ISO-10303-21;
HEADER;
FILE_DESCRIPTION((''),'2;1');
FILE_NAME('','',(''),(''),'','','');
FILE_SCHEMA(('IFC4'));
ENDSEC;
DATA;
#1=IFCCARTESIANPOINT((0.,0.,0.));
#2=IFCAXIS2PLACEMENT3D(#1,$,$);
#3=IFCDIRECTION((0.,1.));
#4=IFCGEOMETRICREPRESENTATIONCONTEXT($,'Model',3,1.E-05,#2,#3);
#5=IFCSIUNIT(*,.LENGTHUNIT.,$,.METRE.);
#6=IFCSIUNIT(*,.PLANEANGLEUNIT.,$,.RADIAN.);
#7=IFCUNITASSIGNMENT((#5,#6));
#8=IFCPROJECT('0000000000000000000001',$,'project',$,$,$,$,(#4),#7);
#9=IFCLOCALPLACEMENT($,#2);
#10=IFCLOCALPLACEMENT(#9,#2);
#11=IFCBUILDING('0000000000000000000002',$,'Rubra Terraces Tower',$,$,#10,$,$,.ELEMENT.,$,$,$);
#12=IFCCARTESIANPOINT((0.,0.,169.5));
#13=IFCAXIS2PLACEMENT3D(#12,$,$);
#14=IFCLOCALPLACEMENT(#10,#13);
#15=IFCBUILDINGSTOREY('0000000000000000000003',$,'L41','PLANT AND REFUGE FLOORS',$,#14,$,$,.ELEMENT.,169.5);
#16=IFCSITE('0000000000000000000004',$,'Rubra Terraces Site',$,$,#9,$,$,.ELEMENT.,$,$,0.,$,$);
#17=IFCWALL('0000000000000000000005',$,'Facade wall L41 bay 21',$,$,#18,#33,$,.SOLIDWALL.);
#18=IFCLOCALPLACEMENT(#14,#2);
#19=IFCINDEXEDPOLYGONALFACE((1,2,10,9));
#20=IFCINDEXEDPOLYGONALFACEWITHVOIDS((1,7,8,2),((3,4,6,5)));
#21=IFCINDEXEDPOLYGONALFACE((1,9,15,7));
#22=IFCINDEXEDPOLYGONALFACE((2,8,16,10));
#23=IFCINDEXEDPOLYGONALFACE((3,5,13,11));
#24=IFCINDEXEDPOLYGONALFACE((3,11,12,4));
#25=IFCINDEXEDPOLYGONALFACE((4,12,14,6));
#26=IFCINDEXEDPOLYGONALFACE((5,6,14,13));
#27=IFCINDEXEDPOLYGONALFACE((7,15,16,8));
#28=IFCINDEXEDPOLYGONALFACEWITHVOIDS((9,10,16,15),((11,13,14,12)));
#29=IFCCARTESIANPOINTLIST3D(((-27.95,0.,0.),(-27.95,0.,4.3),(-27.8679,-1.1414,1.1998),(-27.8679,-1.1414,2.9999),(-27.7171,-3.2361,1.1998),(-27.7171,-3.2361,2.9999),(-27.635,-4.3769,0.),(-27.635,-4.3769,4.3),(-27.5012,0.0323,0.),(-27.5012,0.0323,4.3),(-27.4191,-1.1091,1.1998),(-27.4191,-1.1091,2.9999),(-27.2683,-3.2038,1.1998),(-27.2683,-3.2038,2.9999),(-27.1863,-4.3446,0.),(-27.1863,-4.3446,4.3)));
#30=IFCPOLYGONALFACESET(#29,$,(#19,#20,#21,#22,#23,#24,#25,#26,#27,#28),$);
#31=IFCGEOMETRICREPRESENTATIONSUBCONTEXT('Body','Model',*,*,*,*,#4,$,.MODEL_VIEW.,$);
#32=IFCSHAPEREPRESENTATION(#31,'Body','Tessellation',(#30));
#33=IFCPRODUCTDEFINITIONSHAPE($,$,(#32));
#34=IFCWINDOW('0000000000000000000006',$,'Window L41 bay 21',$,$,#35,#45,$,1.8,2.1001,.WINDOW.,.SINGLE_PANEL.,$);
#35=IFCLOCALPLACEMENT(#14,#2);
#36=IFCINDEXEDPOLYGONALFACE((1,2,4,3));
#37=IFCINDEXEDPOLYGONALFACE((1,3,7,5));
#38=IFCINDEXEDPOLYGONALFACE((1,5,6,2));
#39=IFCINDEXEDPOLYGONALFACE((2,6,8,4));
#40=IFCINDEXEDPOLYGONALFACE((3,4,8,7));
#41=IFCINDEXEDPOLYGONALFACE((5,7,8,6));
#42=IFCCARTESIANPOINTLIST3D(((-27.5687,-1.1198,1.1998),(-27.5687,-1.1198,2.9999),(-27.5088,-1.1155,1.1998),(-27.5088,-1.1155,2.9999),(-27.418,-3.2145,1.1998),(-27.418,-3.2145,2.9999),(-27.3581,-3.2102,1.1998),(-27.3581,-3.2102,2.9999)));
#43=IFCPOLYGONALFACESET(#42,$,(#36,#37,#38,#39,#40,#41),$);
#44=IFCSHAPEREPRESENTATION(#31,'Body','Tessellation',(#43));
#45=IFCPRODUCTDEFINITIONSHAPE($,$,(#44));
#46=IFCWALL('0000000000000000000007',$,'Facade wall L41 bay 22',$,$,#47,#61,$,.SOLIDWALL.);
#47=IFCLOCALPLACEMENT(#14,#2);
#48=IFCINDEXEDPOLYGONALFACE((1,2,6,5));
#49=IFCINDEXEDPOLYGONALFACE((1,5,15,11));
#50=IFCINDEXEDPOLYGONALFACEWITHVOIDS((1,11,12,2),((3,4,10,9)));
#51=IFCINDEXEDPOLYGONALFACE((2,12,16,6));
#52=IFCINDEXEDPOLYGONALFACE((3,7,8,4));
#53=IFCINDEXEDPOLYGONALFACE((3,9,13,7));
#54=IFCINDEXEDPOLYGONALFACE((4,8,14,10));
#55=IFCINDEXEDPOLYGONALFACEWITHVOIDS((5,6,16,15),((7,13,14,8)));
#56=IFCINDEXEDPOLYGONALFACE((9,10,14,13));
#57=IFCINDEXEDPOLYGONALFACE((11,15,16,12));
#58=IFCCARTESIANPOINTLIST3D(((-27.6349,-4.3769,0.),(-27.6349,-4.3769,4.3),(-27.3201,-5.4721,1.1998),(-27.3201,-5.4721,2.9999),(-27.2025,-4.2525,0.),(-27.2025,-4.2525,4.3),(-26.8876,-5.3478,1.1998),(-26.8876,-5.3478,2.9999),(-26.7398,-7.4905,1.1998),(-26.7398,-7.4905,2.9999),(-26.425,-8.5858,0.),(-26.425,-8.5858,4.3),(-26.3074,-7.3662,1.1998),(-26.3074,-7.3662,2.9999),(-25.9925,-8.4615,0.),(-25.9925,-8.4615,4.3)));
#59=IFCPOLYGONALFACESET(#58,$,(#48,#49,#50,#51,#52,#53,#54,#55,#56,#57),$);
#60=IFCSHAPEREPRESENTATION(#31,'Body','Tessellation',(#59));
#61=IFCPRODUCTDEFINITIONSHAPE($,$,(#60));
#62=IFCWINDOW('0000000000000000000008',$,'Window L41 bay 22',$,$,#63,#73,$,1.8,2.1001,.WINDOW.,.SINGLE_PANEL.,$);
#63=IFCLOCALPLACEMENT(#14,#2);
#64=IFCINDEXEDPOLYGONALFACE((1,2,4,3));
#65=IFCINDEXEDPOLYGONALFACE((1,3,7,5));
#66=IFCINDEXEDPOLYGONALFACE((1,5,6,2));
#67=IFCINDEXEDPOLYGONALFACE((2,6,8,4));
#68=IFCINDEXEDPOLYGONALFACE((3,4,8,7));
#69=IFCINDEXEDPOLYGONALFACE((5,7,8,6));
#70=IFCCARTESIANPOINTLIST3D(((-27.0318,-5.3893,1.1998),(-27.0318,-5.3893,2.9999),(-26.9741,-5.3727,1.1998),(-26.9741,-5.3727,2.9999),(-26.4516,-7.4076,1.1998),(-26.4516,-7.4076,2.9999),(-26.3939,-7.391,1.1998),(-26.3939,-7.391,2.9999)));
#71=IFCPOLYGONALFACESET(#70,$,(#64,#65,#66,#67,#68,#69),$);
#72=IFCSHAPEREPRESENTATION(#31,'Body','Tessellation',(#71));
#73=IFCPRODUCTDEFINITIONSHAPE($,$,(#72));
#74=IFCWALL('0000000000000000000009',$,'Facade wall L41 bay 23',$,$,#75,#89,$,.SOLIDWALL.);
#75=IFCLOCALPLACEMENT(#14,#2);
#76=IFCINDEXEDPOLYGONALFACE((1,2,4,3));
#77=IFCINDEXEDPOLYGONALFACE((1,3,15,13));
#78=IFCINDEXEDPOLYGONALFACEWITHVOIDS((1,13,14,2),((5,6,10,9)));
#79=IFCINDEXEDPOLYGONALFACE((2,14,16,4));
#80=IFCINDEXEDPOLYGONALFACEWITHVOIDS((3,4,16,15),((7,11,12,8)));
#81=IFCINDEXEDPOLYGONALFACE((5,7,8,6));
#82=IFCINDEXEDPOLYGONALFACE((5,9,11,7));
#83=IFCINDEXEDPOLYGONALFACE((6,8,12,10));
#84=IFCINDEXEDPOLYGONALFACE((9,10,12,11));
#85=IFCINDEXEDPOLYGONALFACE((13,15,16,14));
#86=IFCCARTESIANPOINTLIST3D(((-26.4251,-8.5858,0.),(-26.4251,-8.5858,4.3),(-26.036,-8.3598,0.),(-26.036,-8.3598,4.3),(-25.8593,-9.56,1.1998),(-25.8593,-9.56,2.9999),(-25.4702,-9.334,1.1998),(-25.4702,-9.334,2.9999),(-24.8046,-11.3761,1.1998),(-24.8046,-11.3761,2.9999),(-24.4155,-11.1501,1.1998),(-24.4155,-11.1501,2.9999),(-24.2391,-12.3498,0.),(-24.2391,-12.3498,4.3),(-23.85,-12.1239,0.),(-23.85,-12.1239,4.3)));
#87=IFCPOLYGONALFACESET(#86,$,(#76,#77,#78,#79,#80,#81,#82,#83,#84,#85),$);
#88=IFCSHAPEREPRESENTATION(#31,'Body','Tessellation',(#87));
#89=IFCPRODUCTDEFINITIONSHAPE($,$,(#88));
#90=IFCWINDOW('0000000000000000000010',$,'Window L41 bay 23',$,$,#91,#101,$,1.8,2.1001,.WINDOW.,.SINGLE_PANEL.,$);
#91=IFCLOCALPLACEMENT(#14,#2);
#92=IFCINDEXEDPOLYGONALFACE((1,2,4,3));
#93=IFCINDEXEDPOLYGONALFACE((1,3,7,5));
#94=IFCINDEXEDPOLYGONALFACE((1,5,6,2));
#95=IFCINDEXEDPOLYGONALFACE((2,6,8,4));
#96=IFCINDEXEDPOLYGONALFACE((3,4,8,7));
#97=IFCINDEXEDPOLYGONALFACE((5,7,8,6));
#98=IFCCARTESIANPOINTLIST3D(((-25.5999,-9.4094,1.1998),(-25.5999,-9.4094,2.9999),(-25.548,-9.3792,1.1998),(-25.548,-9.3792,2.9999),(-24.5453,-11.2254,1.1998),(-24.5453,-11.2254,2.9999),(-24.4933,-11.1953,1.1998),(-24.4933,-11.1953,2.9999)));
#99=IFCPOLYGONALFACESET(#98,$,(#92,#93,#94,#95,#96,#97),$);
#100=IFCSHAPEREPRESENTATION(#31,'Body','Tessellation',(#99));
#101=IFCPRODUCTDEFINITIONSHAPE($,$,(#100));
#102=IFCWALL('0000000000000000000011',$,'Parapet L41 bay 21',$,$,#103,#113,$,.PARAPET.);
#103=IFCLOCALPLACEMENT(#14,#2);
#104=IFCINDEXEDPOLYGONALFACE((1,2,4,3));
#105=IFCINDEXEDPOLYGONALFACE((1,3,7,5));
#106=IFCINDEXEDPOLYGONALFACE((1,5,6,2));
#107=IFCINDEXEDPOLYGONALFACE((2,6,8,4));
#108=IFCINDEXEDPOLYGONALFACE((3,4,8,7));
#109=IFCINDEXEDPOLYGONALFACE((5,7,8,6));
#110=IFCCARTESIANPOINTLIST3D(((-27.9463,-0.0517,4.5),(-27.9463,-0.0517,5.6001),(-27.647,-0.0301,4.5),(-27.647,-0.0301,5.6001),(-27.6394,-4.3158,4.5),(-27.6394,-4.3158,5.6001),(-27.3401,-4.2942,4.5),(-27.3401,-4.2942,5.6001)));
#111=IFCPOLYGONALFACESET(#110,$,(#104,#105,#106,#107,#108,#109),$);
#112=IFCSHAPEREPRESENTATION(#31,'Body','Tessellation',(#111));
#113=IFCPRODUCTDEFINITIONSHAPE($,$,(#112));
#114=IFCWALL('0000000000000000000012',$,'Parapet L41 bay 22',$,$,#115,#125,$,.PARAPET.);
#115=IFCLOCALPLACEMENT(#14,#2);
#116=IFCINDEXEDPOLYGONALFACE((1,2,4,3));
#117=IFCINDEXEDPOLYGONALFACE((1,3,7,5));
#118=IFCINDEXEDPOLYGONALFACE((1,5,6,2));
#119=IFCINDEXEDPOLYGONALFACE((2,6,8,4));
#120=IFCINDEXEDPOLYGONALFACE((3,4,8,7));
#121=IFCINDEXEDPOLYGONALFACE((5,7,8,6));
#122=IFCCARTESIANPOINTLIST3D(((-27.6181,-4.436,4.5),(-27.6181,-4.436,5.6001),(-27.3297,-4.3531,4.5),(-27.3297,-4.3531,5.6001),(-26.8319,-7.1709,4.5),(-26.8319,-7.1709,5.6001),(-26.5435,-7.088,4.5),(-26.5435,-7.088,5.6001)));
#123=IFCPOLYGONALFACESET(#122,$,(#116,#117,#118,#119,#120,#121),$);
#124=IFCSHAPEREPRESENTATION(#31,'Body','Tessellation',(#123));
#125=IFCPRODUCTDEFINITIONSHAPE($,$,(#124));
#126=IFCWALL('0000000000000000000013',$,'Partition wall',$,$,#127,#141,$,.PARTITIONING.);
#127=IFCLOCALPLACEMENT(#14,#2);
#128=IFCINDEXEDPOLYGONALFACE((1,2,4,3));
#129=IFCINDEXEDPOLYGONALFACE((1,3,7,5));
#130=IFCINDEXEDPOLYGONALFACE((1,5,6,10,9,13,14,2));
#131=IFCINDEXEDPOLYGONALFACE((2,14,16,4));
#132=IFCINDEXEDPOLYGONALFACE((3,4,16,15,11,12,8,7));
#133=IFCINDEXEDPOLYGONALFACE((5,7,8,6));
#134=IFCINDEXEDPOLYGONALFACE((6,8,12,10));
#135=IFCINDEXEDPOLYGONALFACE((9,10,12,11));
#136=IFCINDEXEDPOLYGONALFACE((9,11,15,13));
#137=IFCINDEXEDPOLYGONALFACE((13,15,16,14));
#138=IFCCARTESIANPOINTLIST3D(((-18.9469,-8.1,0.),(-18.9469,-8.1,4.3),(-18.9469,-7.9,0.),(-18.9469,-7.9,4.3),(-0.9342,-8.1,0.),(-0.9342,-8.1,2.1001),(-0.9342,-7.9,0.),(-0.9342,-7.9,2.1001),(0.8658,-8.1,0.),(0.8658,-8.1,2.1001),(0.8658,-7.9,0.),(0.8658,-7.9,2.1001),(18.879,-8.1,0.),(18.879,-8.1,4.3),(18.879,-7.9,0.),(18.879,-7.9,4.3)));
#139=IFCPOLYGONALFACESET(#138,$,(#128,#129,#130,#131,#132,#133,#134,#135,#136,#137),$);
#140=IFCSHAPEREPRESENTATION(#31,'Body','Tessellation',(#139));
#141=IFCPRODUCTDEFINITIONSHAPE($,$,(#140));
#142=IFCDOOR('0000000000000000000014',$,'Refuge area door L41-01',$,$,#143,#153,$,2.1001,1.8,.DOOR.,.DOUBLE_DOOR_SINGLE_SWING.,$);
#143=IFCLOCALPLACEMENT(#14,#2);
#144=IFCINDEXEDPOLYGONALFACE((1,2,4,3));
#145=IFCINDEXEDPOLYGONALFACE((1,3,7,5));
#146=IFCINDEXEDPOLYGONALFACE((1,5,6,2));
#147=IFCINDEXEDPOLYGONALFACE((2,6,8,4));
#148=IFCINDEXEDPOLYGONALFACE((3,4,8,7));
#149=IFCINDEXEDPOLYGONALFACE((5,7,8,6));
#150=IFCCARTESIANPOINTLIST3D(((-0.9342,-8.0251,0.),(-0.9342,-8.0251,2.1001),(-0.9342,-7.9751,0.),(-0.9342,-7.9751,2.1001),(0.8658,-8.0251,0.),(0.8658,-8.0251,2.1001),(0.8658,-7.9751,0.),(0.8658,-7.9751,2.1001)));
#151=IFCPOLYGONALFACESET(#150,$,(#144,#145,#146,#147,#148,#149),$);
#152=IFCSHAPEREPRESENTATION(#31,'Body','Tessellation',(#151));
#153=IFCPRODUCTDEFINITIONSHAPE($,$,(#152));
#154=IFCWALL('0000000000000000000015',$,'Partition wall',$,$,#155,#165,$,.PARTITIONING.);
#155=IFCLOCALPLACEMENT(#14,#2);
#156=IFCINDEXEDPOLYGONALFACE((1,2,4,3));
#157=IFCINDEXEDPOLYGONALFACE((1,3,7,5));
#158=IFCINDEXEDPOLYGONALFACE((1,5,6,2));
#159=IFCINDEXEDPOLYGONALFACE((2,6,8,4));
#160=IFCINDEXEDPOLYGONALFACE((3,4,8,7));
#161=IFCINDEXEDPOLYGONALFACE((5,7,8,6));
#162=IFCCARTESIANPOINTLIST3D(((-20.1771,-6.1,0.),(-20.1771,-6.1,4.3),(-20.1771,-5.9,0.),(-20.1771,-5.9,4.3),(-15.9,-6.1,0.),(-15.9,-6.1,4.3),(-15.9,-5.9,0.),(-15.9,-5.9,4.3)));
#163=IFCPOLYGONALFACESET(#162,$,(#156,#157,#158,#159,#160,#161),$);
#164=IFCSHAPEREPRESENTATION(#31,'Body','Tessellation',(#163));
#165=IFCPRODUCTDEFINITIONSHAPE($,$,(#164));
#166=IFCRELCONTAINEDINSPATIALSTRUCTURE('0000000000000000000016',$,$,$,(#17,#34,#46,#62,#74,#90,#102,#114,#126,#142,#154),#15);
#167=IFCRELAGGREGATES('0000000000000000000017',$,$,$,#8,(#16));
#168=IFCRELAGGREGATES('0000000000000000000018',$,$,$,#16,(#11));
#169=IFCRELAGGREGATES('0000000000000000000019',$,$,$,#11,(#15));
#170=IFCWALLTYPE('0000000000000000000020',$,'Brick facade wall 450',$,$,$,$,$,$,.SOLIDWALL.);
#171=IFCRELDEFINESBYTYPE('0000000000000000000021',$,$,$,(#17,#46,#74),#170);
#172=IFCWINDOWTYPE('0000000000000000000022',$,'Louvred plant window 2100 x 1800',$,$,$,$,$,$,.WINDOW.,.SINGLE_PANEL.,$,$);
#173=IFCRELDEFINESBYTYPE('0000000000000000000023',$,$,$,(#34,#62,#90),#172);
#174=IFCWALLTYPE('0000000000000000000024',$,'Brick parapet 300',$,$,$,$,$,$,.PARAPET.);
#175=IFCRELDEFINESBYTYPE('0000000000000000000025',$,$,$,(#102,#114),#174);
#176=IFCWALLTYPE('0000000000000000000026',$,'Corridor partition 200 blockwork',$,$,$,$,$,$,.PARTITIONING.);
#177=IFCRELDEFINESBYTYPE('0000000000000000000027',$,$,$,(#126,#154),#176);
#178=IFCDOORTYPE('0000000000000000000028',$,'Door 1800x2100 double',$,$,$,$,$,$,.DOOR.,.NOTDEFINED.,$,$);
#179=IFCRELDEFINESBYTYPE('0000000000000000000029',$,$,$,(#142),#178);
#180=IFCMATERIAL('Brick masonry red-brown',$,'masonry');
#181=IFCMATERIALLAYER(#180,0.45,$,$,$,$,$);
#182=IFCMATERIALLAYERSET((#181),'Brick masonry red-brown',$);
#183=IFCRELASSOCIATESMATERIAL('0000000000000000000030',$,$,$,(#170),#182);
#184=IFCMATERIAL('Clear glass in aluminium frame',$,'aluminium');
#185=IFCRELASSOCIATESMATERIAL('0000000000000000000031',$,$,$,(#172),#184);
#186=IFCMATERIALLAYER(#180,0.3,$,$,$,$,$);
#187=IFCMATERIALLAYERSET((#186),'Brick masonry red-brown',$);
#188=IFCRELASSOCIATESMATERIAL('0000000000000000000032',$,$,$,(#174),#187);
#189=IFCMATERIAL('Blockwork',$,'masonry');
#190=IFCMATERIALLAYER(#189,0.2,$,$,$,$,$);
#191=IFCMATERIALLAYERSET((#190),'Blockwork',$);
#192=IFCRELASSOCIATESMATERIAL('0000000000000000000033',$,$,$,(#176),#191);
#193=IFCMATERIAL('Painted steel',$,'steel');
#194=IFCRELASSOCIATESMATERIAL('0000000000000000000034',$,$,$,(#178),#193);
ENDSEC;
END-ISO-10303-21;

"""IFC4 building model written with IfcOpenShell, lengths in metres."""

from ifc_helpers import new_model, si_unit, direction, frame, frame_2d, origin, place, context, subcontext, project, spatial, rectangle, extrude, material, layer, layer_set, type_object, element, fill, save


model = new_model("IFC4")

# Units and contexts
model_context = context("Model", 3, precision=1e-05, world=origin(), true_north=direction((0.0, 1.0)))
body_context = subcontext(model_context, "Body", "Model", "MODEL_VIEW")
ifc_project = project(units=[si_unit("LENGTHUNIT", "METRE"), si_unit("PLANEANGLEUNIT", "RADIAN")], contexts=[model_context])

# Site, building, storey
site_placement = place(None, origin())
site = spatial("IfcSite", under=ifc_project, at=site_placement, Name="Rubra Terraces Site", CompositionType="ELEMENT", RefElevation=0.0)
building_placement = place(site_placement, origin())
building = spatial("IfcBuilding", under=site, at=building_placement, Name="Rubra Terraces Tower", CompositionType="ELEMENT")
storey_placement = place(building_placement, frame((0.0, 0.0, 169.5)))
storey = spatial("IfcBuildingStorey", under=building, at=storey_placement, Name="L41", Description="PLANT AND REFUGE FLOORS", CompositionType="ELEMENT", Elevation=169.5)

# Walls, openings, windows
ifc_material_1 = material(Name="Brick masonry red-brown", Category="masonry")
ifc_layer_1 = layer(ifc_material_1, 0.45)
ifc_layer_set_1 = layer_set([ifc_layer_1], Name="Brick masonry red-brown")
wall_type_1 = type_object("IfcWallType", Name="Brick facade wall 450", PredefinedType="SOLIDWALL", material=ifc_layer_set_1)
wall_1_placement = place(storey_placement, frame((-27.7256, 0.0161, 0.0), z_axis=(0.0, 0.0, 1.0), x_axis=(0.071769, -0.997421, 0.0)))
wall_1 = element("IfcWall", 1, at=wall_1_placement, inside=storey, type_object=wall_type_1, Name="Facade wall L41 bay 21", PredefinedType="SOLIDWALL", context=body_context, shape_type="SweptSolid", body=[
    extrude(rectangle(XDim=4.3882, YDim=0.45, at=frame_2d((2.1941, 0.0))), origin(), (0.0, 0.0, 1.0), 4.3),
])
opening_1_placement = place(wall_1_placement, frame((1.1443, 0.0, 1.2)))
opening_1 = element("IfcOpeningElement", 2, at=opening_1_placement, cuts=wall_1, PredefinedType="OPENING", context=body_context, shape_type="SweptSolid", body=[
    extrude(rectangle(XDim=2.1001, YDim=1.8, at=frame_2d((1.05, 0.8999))), frame((0.0, 0.2349, 0.0), z_axis=(0.0, -1.0, 0.0), x_axis=(1.0, 0.0, 0.0)), (0.0, 0.0, 1.0), 0.47),
])
ifc_material_2 = material(Name="Clear glass in aluminium frame", Category="aluminium")
window_type = type_object("IfcWindowType", Name="Louvred plant window 2100 x 1800", PartitioningType="SINGLE_PANEL", PredefinedType="WINDOW", material=ifc_material_2)
window_1_placement = place(opening_1_placement, origin())
window_1 = element("IfcWindow", 3, at=window_1_placement, inside=storey, type_object=window_type, Name="Window L41 bay 21", OverallHeight=1.8, OverallWidth=2.1001, PartitioningType="SINGLE_PANEL", PredefinedType="WINDOW", context=body_context, shape_type="SweptSolid", body=[
    extrude(rectangle(XDim=2.1001, YDim=1.8, at=frame_2d((1.05, 0.8999))), frame((0.0, 0.135, 0.0), z_axis=(0.0, -1.0, 0.0), x_axis=(1.0, 0.0, 0.0)), (0.0, 0.0, 1.0), 0.0601),
])
fill(opening_1, window_1)
wall_2_placement = place(storey_placement, frame((-27.4187, -4.3147, 0.0), z_axis=(0.0, 0.0, 1.0), x_axis=(0.276282, -0.961077, 0.0)))
wall_2 = element("IfcWall", 4, at=wall_2_placement, inside=storey, type_object=wall_type_1, Name="Facade wall L41 bay 22", PredefinedType="SOLIDWALL", context=body_context, shape_type="SweptSolid", body=[
    extrude(rectangle(XDim=4.3794, YDim=0.45, at=frame_2d((2.1897, 0.0))), origin(), (0.0, 0.0, 1.0), 4.3),
])
opening_2_placement = place(wall_2_placement, frame((1.1396, 0.0, 1.2)))
opening_2 = element("IfcOpeningElement", 5, at=opening_2_placement, cuts=wall_2, PredefinedType="OPENING", context=body_context, shape_type="SweptSolid", body=[
    extrude(rectangle(XDim=2.1001, YDim=1.8, at=frame_2d((1.05, 0.8999))), frame((0.0, 0.2349, 0.0), z_axis=(0.0, -1.0, 0.0), x_axis=(1.0, 0.0, 0.0)), (0.0, 0.0, 1.0), 0.47),
])
window_2_placement = place(opening_2_placement, origin())
window_2 = element("IfcWindow", 6, at=window_2_placement, inside=storey, type_object=window_type, Name="Window L41 bay 22", OverallHeight=1.8, OverallWidth=2.1001, PartitioningType="SINGLE_PANEL", PredefinedType="WINDOW", context=body_context, shape_type="SweptSolid", body=[
    extrude(rectangle(XDim=2.1001, YDim=1.8, at=frame_2d((1.05, 0.8999))), frame((0.0, 0.135, 0.0), z_axis=(0.0, -1.0, 0.0), x_axis=(1.0, 0.0, 0.0)), (0.0, 0.0, 1.0), 0.0601),
])
fill(opening_2, window_2)
wall_3_placement = place(storey_placement, frame((-26.2305, -8.4729, 0.0), z_axis=(0.0, 0.0, 1.0), x_axis=(0.502203, -0.86475, 0.0)))
wall_3 = element("IfcWall", 7, at=wall_3_placement, inside=storey, type_object=wall_type_1, Name="Facade wall L41 bay 23", PredefinedType="SOLIDWALL", context=body_context, shape_type="SweptSolid", body=[
    extrude(rectangle(XDim=4.3528, YDim=0.45, at=frame_2d((2.1763, 0.0))), origin(), (0.0, 0.0, 1.0), 4.3),
])
opening_3_placement = place(wall_3_placement, frame((1.1265, 0.0, 1.2)))
opening_3 = element("IfcOpeningElement", 8, at=opening_3_placement, cuts=wall_3, PredefinedType="OPENING", context=body_context, shape_type="SweptSolid", body=[
    extrude(rectangle(XDim=2.1001, YDim=1.8, at=frame_2d((1.05, 0.8999))), frame((0.0, 0.2349, 0.0), z_axis=(0.0, -1.0, 0.0), x_axis=(1.0, 0.0, 0.0)), (0.0, 0.0, 1.0), 0.47),
])
window_3_placement = place(opening_3_placement, origin())
window_3 = element("IfcWindow", 9, at=window_3_placement, inside=storey, type_object=window_type, Name="Window L41 bay 23", OverallHeight=1.8, OverallWidth=2.1001, PartitioningType="SINGLE_PANEL", PredefinedType="WINDOW", context=body_context, shape_type="SweptSolid", body=[
    extrude(rectangle(XDim=2.1001, YDim=1.8, at=frame_2d((1.05, 0.8999))), frame((0.0, 0.135, 0.0), z_axis=(0.0, -1.0, 0.0), x_axis=(1.0, 0.0, 0.0)), (0.0, 0.0, 1.0), 0.0601),
])
fill(opening_3, window_3)

# Walls
ifc_layer_2 = layer(ifc_material_1, 0.3)
ifc_layer_set_2 = layer_set([ifc_layer_2], Name="Brick masonry red-brown")
wall_type_2 = type_object("IfcWallType", Name="Brick parapet 300", PredefinedType="PARAPET", material=ifc_layer_set_2)
wall_4_placement = place(storey_placement, frame((-27.7966, -0.0408, 4.5), z_axis=(0.0, 0.0, 1.0), x_axis=(0.071783, -0.99742, 0.0)))
element("IfcWall", 10, at=wall_4_placement, inside=storey, type_object=wall_type_2, Name="Parapet L41 bay 21", PredefinedType="PARAPET", context=body_context, shape_type="SweptSolid", body=[
    extrude(rectangle(XDim=4.2751, YDim=0.3, at=frame_2d((2.1377, 0.0))), origin(), (0.0, 0.0, 1.0), 1.1001),
])
wall_5_placement = place(storey_placement, frame((-27.4739, -4.3945, 4.5), z_axis=(0.0, 0.0, 1.0), x_axis=(0.276262, -0.961082, 0.0)))
element("IfcWall", 11, at=wall_5_placement, inside=storey, type_object=wall_type_2, Name="Parapet L41 bay 22", PredefinedType="PARAPET", context=body_context, shape_type="SweptSolid", body=[
    extrude(rectangle(XDim=2.8457, YDim=0.3, at=frame_2d((1.4229, 0.0))), origin(), (0.0, 0.0, 1.0), 1.1001),
])

# Wall, opening, door
ifc_material_3 = material(Name="Blockwork", Category="masonry")
ifc_layer_3 = layer(ifc_material_3, 0.2)
ifc_layer_set_3 = layer_set([ifc_layer_3], Name="Blockwork")
wall_type_3 = type_object("IfcWallType", Name="Corridor partition 200 blockwork", PredefinedType="PARTITIONING", material=ifc_layer_set_3)
wall_6_placement = place(storey_placement, frame((-18.947, -8.0, 0.0), z_axis=(0.0, 0.0, 1.0), x_axis=(1.0, 0.0, 0.0)))
wall_6 = element("IfcWall", 12, at=wall_6_placement, inside=storey, type_object=wall_type_3, Name="Partition wall", PredefinedType="PARTITIONING", context=body_context, shape_type="SweptSolid", body=[
    extrude(rectangle(XDim=37.8259, YDim=0.2, at=frame_2d((18.9131, 0.0))), origin(), (0.0, 0.0, 1.0), 4.3),
])
opening_4_placement = place(wall_6_placement, frame((18.0129, 0.0, 0.0)))
opening_4 = element("IfcOpeningElement", 13, at=opening_4_placement, cuts=wall_6, PredefinedType="OPENING", context=body_context, shape_type="SweptSolid", body=[
    extrude(rectangle(XDim=1.8, YDim=2.1001, at=frame_2d((0.8999, 1.05))), frame((0.0, 0.1099, 0.0), z_axis=(0.0, -1.0, 0.0), x_axis=(1.0, 0.0, 0.0)), (0.0, 0.0, 1.0), 0.22),
])
ifc_material_4 = material(Name="Painted steel", Category="steel")
door_type = type_object("IfcDoorType", Name="Door 1800x2100 double", OperationType="NOTDEFINED", PredefinedType="DOOR", material=ifc_material_4)
door_placement = place(opening_4_placement, origin())
door = element("IfcDoor", 14, at=door_placement, inside=storey, type_object=door_type, Name="Refuge area door L41-01", OperationType="DOUBLE_DOOR_SINGLE_SWING", OverallHeight=2.1001, OverallWidth=1.8, PredefinedType="DOOR", context=body_context, shape_type="SweptSolid", body=[
    extrude(rectangle(XDim=1.8, YDim=2.1001, at=frame_2d((0.8999, 1.05))), frame((0.0, 0.0249, 0.0), z_axis=(0.0, -1.0, 0.0), x_axis=(1.0, 0.0, 0.0)), (0.0, 0.0, 1.0), 0.05),
])
fill(opening_4, door)

# Wall
wall_7_placement = place(storey_placement, frame((-15.8999, -6.0, 0.0), z_axis=(0.0, 0.0, 1.0), x_axis=(-1.0, 0.0, 0.0)))
element("IfcWall", 15, at=wall_7_placement, inside=storey, type_object=wall_type_3, Name="Partition wall", PredefinedType="PARTITIONING", context=body_context, shape_type="SweptSolid", body=[
    extrude(rectangle(XDim=4.2771, YDim=0.2, at=frame_2d((2.1387, 0.0))), origin(), (0.0, 0.0, 1.0), 4.3),
])

save(model, "model.ifc")
